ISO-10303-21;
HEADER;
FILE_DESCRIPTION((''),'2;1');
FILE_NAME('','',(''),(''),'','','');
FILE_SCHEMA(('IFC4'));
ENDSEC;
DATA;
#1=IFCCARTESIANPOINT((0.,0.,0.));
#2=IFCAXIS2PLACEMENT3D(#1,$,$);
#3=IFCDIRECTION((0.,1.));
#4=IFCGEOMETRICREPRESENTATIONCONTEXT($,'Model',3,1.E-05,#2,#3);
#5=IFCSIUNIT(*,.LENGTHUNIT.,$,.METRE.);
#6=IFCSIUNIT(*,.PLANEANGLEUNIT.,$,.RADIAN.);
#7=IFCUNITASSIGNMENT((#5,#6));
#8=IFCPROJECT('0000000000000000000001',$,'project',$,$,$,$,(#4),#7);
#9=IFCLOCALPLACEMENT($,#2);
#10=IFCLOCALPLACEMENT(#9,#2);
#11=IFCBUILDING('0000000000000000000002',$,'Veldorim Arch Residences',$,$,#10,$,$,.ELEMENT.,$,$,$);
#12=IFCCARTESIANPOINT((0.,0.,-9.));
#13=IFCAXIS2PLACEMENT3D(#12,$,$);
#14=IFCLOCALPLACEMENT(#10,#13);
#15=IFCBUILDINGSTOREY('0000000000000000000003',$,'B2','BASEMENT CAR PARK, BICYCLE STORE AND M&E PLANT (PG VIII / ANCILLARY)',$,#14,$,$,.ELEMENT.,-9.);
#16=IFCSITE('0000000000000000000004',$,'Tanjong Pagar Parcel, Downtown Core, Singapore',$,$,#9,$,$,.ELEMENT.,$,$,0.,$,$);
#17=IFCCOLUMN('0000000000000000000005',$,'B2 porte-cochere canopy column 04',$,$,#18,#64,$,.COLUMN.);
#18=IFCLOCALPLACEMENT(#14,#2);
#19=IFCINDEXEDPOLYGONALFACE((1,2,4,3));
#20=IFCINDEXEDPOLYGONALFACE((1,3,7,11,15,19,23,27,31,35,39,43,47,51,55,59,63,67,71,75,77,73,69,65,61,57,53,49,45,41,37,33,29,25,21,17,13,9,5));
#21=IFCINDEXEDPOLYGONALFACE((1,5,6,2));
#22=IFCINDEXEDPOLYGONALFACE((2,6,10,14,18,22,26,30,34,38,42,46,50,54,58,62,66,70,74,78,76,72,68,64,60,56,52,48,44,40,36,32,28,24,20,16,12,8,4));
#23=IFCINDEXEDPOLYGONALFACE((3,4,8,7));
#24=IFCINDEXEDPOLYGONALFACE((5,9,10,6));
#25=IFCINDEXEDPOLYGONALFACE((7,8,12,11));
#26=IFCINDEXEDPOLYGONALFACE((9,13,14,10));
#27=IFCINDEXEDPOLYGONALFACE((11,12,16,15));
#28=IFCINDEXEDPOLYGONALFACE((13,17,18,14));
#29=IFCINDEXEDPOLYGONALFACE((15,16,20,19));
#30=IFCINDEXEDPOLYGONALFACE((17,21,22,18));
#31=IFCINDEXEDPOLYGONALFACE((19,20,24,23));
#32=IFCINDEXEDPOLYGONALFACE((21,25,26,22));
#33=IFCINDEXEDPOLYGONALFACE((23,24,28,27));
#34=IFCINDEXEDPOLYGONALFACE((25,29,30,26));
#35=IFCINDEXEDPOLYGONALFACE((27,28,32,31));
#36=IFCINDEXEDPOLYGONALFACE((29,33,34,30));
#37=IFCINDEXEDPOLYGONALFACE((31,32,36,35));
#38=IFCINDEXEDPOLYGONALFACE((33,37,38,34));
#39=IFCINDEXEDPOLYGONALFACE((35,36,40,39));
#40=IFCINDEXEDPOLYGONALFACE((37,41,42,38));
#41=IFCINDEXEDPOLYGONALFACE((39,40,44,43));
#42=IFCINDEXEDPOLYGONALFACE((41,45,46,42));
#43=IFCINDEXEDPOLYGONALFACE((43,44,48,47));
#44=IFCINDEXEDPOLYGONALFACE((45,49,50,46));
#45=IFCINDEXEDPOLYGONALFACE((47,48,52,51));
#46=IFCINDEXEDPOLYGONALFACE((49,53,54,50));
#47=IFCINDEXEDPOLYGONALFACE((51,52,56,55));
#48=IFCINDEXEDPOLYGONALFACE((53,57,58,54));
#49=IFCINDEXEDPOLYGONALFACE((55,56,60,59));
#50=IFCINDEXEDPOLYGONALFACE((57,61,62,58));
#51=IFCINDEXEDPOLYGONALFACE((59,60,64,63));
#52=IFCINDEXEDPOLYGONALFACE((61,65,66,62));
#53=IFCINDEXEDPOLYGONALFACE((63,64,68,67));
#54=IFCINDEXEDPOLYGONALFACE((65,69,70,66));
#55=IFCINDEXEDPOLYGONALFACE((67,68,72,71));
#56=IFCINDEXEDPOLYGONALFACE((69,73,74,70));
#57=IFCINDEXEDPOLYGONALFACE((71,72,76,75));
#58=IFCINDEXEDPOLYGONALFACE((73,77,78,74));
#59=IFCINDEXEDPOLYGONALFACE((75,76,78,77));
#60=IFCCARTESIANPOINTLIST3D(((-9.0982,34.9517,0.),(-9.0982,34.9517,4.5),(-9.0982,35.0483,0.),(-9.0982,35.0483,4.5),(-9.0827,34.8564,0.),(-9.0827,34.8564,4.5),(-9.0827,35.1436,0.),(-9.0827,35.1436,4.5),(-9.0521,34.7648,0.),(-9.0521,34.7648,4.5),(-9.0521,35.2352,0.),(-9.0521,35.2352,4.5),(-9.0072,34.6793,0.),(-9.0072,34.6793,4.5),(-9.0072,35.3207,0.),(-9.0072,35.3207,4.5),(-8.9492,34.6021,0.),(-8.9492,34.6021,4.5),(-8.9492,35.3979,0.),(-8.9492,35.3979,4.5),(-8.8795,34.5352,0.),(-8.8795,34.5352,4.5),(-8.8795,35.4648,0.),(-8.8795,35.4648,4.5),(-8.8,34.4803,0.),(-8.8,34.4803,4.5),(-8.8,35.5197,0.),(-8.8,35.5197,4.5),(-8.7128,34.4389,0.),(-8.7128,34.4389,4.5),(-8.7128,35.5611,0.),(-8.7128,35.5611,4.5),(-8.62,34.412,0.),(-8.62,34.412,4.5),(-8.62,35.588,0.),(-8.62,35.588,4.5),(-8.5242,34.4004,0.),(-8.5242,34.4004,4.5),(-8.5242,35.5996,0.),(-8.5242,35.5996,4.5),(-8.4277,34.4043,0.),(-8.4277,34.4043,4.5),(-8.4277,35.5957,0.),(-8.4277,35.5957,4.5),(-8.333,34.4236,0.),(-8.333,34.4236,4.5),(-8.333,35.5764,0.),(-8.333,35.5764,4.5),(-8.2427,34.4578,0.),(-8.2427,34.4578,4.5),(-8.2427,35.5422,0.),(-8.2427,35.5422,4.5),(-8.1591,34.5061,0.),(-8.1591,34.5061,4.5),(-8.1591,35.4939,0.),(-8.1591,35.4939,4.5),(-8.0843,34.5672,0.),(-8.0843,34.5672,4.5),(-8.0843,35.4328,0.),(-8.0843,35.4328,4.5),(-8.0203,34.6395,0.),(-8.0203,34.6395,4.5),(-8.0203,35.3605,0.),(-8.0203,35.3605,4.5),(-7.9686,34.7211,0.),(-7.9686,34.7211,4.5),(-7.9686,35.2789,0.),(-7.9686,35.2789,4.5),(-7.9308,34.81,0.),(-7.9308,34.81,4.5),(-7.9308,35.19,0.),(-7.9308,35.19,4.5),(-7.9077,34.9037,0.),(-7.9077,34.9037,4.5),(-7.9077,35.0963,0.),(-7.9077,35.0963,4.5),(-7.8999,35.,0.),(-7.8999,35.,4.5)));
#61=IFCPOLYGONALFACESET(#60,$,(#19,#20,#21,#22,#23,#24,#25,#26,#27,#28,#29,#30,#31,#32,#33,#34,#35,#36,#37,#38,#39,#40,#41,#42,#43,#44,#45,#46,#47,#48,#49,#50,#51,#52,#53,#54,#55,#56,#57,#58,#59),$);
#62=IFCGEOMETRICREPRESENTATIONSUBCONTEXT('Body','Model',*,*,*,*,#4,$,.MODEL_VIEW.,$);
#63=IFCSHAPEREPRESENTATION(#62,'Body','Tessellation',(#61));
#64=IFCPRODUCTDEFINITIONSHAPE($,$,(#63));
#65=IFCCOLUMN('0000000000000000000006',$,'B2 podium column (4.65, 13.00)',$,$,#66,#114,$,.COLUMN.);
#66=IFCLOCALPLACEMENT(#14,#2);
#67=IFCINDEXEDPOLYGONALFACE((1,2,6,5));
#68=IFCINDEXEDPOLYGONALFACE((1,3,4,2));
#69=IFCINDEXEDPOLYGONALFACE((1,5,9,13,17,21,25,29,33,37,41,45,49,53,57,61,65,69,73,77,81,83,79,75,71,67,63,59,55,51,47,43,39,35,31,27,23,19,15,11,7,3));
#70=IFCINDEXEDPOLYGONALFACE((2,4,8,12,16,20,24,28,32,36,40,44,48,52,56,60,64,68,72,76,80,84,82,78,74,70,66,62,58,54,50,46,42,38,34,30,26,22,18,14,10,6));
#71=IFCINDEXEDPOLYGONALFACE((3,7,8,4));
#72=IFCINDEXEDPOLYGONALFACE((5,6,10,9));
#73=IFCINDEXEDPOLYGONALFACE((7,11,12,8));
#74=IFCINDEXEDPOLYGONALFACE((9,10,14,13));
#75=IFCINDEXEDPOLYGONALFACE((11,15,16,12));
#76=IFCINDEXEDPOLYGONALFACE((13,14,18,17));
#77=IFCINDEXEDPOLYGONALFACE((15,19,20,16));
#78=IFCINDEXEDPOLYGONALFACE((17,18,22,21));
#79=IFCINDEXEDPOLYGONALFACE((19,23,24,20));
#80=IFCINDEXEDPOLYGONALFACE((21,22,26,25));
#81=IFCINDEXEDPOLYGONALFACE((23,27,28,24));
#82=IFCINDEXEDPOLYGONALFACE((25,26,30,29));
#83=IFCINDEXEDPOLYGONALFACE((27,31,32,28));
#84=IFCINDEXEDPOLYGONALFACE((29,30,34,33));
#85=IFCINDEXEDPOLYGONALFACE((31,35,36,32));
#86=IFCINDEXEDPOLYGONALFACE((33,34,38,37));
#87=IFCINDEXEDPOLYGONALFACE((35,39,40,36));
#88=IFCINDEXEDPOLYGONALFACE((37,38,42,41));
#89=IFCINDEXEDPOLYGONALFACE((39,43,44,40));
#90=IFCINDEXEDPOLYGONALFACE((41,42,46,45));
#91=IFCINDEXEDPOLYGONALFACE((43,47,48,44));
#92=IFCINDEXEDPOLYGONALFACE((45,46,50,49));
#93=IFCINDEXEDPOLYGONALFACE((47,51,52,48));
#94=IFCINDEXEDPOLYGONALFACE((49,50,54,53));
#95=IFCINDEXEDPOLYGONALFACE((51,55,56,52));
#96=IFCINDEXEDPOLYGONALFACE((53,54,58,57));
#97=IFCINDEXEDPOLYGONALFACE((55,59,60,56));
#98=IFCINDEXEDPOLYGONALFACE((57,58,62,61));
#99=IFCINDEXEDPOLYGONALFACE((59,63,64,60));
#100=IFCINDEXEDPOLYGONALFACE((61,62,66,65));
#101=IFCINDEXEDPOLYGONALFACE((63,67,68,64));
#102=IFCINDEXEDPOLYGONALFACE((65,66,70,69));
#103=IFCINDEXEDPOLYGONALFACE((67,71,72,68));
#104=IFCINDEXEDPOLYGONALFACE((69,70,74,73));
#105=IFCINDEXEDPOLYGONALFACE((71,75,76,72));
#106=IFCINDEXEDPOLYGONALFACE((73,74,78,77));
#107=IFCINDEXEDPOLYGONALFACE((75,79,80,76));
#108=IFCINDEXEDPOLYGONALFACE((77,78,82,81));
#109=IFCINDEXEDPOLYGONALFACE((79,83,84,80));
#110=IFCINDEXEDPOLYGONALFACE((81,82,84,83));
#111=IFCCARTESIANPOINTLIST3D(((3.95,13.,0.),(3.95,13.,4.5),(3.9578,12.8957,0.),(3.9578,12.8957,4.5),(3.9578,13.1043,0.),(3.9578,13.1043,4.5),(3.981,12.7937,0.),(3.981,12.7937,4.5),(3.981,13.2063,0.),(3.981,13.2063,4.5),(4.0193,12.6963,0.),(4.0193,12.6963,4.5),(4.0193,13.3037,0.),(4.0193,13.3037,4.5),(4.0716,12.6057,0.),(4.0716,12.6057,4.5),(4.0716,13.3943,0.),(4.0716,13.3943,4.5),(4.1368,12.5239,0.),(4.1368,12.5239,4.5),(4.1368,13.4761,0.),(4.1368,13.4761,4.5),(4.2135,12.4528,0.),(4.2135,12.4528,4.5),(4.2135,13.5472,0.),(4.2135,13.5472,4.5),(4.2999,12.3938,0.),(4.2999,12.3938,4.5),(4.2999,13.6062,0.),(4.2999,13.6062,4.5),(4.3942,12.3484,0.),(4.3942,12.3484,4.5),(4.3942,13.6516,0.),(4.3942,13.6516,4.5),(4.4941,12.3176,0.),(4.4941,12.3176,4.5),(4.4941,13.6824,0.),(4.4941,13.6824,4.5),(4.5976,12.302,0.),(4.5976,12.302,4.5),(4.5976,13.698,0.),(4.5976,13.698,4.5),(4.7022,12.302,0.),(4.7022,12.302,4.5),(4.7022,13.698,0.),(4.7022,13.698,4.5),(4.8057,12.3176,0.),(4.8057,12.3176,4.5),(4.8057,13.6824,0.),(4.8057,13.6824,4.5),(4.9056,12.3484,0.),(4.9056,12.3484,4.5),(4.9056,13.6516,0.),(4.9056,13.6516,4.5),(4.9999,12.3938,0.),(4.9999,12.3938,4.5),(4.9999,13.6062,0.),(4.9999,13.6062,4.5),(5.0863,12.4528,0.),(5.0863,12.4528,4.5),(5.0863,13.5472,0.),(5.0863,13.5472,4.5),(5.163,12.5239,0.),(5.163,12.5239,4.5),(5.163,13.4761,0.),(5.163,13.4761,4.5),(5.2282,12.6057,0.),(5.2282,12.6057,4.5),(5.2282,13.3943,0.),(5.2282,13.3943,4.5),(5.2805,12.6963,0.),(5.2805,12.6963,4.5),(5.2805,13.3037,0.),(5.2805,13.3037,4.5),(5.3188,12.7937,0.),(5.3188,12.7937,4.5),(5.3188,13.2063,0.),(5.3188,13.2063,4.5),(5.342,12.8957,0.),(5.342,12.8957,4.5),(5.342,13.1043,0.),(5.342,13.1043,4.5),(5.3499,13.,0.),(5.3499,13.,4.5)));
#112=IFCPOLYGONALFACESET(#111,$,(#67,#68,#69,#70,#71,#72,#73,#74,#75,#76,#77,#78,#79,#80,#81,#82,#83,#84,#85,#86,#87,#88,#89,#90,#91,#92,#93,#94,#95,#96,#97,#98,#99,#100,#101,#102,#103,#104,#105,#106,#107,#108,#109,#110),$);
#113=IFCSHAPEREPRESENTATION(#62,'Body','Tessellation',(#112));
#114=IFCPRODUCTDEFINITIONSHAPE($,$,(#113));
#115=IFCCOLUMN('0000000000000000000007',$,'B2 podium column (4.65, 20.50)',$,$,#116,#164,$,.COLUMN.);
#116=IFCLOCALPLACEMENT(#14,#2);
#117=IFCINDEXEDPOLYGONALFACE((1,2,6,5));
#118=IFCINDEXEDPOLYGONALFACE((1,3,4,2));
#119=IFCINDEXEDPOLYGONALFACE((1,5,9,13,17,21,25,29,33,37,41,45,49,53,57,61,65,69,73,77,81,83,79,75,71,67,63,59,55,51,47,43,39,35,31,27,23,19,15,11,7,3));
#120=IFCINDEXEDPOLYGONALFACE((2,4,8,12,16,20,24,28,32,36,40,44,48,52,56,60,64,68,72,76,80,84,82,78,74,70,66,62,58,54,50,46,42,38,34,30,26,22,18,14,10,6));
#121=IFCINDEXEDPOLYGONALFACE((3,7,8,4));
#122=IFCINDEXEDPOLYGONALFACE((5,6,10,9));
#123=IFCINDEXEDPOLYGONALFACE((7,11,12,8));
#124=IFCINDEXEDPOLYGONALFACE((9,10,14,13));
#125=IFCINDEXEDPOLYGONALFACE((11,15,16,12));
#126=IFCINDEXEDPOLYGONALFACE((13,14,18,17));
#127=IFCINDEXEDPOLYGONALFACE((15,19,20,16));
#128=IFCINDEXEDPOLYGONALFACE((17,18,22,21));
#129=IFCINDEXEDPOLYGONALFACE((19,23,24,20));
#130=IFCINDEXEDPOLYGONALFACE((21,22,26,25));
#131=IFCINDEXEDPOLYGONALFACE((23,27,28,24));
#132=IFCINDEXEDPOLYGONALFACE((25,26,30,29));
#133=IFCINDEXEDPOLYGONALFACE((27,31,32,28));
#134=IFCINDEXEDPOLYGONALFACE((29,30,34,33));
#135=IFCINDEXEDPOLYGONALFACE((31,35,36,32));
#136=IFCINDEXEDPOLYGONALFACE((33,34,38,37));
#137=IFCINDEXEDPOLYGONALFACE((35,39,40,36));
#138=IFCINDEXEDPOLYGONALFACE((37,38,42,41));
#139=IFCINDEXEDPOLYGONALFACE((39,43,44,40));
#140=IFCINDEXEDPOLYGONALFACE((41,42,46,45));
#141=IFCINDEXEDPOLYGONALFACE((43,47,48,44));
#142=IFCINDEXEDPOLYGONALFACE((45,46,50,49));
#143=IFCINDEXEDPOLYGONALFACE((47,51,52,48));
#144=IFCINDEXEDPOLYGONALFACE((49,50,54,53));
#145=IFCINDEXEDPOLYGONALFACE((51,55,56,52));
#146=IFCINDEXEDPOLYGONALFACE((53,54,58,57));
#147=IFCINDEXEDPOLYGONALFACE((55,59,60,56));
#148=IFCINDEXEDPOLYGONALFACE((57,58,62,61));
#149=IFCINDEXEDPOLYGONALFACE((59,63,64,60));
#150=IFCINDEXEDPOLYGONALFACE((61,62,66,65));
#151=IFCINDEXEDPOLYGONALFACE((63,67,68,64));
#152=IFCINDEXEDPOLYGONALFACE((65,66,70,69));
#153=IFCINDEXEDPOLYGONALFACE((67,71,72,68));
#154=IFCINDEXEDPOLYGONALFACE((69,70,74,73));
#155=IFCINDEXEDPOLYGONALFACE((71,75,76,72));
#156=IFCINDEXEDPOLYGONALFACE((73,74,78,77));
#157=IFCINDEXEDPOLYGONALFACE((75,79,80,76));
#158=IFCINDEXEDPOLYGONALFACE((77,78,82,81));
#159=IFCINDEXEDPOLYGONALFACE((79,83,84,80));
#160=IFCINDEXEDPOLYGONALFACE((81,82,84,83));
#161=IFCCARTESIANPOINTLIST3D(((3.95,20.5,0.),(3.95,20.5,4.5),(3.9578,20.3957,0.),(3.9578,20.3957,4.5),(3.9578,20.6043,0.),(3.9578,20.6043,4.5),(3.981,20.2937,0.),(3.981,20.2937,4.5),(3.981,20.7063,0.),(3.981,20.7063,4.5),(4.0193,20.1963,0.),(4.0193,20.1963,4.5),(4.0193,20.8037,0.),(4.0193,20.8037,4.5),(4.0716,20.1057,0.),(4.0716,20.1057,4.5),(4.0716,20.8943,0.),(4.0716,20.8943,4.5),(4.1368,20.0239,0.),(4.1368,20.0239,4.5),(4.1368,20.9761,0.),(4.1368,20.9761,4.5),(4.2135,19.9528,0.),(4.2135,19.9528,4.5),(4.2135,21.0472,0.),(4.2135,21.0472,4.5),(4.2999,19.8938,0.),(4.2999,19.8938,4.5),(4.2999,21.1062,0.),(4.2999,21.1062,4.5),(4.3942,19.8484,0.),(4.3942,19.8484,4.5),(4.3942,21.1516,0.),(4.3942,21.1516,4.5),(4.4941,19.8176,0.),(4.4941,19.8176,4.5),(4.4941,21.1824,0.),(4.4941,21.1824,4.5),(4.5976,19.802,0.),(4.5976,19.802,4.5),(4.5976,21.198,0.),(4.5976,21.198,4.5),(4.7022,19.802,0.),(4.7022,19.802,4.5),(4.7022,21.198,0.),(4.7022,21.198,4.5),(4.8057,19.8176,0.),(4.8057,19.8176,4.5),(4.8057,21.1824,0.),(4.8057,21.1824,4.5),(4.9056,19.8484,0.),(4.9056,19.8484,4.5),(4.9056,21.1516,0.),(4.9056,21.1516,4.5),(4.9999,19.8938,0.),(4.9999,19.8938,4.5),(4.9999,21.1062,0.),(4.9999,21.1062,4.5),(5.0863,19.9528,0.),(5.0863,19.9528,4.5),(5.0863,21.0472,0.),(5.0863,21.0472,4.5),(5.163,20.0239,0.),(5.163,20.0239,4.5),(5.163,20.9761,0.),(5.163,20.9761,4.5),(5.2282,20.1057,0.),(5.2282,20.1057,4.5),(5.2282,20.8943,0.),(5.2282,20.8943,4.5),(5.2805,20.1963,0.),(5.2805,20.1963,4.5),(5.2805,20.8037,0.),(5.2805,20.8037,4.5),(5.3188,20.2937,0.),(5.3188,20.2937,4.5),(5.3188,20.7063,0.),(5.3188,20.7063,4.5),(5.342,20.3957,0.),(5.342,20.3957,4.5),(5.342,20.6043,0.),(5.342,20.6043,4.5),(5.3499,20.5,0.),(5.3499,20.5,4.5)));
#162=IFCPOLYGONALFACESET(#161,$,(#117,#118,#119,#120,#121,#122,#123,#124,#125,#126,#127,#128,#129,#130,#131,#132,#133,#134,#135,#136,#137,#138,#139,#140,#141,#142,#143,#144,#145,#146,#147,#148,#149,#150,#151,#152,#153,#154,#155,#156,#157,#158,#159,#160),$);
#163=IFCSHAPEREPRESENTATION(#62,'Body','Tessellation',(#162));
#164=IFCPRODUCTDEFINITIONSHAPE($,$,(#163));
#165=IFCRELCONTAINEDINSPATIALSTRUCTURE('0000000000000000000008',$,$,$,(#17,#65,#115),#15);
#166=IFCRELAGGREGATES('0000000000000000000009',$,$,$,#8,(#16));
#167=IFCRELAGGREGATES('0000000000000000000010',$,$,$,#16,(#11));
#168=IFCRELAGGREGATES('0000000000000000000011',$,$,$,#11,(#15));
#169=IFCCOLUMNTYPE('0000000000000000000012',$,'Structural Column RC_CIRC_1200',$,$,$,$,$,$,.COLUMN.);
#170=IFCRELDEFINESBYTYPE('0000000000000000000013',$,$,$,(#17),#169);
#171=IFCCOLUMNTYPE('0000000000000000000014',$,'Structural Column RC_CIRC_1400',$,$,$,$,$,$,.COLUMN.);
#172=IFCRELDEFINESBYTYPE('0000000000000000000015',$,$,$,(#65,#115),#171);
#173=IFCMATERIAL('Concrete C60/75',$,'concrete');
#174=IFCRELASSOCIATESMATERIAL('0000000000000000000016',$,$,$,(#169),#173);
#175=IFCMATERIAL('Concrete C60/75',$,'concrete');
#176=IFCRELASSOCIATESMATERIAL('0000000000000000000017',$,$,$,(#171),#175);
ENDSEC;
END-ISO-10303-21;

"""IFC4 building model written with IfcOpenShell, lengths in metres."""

from ifc_helpers import new_model, si_unit, direction, frame, origin, origin_2d, place, context, subcontext, project, spatial, circle, extrude, material, material_profile, profile_set, type_object, element, save


model = new_model("IFC4")

# Units and contexts
model_context = context("Model", 3, precision=1e-05, world=origin(), true_north=direction((0.0, 1.0)))
body_context = subcontext(model_context, "Body", "Model", "MODEL_VIEW")
ifc_project = project(units=[si_unit("LENGTHUNIT", "METRE"), si_unit("PLANEANGLEUNIT", "RADIAN")], contexts=[model_context])

# Site, building, storey
site_placement = place(None, origin())
site = spatial("IfcSite", under=ifc_project, at=site_placement, Name="Tanjong Pagar Parcel, Downtown Core, Singapore", CompositionType="ELEMENT", RefElevation=0.0)
building_placement = place(site_placement, origin())
building = spatial("IfcBuilding", under=site, at=building_placement, Name="Veldorim Arch Residences", CompositionType="ELEMENT")
storey_placement = place(building_placement, frame((0.0, 0.0, -9.0)))
storey = spatial("IfcBuildingStorey", under=building, at=storey_placement, Name="B2", Description="BASEMENT CAR PARK, BICYCLE STORE AND M&E PLANT (PG VIII / ANCILLARY)", CompositionType="ELEMENT", Elevation=-9.0)

# Columns
ifc_material_1 = material(Name="Concrete C60/75", Category="concrete")
ifc_material_profile_1 = material_profile(ifc_material_1, circle(Radius=0.6001, at=origin_2d()), Name="RC_CIRC_1200")
ifc_profile_set_1 = profile_set([ifc_material_profile_1], Name="Concrete C60/75")
column_type_1 = type_object("IfcColumnType", Name="Structural Column RC_CIRC_1200", PredefinedType="COLUMN", material=ifc_profile_set_1)
for number, where, z_axis, x_axis, name in (
    (1, (-8.5, 35.0, 0.0), (0.0, 0.0, 1.0), (1.0, 0.0, 0.0), "B2 porte-cochere canopy column 04"),
):
    element("IfcColumn", number, at=place(storey_placement, frame(where, z_axis=z_axis, x_axis=x_axis)), inside=storey, type_object=column_type_1, Name=name, PredefinedType="COLUMN", context=body_context, shape_type="SweptSolid", body=[
        extrude(circle(Radius=0.6001, at=origin_2d()), origin(), (0.0, 0.0, 1.0), 4.5),
    ])
ifc_material_2 = material(Name="Concrete C60/75", Category="concrete")
ifc_material_profile_2 = material_profile(ifc_material_2, circle(Radius=0.7, at=origin_2d()), Name="RC_CIRC_1400")
ifc_profile_set_2 = profile_set([ifc_material_profile_2], Name="Concrete C60/75")
column_type_2 = type_object("IfcColumnType", Name="Structural Column RC_CIRC_1400", PredefinedType="COLUMN", material=ifc_profile_set_2)
for number, where, z_axis, x_axis, name in (
    (2, (4.6499, 13.0, 0.0), (0.0, 0.0, 1.0), (1.0, 0.0, 0.0), "B2 podium column (4.65, 13.00)"),
    (3, (4.6499, 20.5, 0.0), (0.0, 0.0, 1.0), (1.0, 0.0, 0.0), "B2 podium column (4.65, 20.50)"),
):
    element("IfcColumn", number, at=place(storey_placement, frame(where, z_axis=z_axis, x_axis=x_axis)), inside=storey, type_object=column_type_2, Name=name, PredefinedType="COLUMN", context=body_context, shape_type="SweptSolid", body=[
        extrude(circle(Radius=0.7, at=origin_2d()), origin(), (0.0, 0.0, 1.0), 4.5),
    ])

save(model, "model.ifc")
